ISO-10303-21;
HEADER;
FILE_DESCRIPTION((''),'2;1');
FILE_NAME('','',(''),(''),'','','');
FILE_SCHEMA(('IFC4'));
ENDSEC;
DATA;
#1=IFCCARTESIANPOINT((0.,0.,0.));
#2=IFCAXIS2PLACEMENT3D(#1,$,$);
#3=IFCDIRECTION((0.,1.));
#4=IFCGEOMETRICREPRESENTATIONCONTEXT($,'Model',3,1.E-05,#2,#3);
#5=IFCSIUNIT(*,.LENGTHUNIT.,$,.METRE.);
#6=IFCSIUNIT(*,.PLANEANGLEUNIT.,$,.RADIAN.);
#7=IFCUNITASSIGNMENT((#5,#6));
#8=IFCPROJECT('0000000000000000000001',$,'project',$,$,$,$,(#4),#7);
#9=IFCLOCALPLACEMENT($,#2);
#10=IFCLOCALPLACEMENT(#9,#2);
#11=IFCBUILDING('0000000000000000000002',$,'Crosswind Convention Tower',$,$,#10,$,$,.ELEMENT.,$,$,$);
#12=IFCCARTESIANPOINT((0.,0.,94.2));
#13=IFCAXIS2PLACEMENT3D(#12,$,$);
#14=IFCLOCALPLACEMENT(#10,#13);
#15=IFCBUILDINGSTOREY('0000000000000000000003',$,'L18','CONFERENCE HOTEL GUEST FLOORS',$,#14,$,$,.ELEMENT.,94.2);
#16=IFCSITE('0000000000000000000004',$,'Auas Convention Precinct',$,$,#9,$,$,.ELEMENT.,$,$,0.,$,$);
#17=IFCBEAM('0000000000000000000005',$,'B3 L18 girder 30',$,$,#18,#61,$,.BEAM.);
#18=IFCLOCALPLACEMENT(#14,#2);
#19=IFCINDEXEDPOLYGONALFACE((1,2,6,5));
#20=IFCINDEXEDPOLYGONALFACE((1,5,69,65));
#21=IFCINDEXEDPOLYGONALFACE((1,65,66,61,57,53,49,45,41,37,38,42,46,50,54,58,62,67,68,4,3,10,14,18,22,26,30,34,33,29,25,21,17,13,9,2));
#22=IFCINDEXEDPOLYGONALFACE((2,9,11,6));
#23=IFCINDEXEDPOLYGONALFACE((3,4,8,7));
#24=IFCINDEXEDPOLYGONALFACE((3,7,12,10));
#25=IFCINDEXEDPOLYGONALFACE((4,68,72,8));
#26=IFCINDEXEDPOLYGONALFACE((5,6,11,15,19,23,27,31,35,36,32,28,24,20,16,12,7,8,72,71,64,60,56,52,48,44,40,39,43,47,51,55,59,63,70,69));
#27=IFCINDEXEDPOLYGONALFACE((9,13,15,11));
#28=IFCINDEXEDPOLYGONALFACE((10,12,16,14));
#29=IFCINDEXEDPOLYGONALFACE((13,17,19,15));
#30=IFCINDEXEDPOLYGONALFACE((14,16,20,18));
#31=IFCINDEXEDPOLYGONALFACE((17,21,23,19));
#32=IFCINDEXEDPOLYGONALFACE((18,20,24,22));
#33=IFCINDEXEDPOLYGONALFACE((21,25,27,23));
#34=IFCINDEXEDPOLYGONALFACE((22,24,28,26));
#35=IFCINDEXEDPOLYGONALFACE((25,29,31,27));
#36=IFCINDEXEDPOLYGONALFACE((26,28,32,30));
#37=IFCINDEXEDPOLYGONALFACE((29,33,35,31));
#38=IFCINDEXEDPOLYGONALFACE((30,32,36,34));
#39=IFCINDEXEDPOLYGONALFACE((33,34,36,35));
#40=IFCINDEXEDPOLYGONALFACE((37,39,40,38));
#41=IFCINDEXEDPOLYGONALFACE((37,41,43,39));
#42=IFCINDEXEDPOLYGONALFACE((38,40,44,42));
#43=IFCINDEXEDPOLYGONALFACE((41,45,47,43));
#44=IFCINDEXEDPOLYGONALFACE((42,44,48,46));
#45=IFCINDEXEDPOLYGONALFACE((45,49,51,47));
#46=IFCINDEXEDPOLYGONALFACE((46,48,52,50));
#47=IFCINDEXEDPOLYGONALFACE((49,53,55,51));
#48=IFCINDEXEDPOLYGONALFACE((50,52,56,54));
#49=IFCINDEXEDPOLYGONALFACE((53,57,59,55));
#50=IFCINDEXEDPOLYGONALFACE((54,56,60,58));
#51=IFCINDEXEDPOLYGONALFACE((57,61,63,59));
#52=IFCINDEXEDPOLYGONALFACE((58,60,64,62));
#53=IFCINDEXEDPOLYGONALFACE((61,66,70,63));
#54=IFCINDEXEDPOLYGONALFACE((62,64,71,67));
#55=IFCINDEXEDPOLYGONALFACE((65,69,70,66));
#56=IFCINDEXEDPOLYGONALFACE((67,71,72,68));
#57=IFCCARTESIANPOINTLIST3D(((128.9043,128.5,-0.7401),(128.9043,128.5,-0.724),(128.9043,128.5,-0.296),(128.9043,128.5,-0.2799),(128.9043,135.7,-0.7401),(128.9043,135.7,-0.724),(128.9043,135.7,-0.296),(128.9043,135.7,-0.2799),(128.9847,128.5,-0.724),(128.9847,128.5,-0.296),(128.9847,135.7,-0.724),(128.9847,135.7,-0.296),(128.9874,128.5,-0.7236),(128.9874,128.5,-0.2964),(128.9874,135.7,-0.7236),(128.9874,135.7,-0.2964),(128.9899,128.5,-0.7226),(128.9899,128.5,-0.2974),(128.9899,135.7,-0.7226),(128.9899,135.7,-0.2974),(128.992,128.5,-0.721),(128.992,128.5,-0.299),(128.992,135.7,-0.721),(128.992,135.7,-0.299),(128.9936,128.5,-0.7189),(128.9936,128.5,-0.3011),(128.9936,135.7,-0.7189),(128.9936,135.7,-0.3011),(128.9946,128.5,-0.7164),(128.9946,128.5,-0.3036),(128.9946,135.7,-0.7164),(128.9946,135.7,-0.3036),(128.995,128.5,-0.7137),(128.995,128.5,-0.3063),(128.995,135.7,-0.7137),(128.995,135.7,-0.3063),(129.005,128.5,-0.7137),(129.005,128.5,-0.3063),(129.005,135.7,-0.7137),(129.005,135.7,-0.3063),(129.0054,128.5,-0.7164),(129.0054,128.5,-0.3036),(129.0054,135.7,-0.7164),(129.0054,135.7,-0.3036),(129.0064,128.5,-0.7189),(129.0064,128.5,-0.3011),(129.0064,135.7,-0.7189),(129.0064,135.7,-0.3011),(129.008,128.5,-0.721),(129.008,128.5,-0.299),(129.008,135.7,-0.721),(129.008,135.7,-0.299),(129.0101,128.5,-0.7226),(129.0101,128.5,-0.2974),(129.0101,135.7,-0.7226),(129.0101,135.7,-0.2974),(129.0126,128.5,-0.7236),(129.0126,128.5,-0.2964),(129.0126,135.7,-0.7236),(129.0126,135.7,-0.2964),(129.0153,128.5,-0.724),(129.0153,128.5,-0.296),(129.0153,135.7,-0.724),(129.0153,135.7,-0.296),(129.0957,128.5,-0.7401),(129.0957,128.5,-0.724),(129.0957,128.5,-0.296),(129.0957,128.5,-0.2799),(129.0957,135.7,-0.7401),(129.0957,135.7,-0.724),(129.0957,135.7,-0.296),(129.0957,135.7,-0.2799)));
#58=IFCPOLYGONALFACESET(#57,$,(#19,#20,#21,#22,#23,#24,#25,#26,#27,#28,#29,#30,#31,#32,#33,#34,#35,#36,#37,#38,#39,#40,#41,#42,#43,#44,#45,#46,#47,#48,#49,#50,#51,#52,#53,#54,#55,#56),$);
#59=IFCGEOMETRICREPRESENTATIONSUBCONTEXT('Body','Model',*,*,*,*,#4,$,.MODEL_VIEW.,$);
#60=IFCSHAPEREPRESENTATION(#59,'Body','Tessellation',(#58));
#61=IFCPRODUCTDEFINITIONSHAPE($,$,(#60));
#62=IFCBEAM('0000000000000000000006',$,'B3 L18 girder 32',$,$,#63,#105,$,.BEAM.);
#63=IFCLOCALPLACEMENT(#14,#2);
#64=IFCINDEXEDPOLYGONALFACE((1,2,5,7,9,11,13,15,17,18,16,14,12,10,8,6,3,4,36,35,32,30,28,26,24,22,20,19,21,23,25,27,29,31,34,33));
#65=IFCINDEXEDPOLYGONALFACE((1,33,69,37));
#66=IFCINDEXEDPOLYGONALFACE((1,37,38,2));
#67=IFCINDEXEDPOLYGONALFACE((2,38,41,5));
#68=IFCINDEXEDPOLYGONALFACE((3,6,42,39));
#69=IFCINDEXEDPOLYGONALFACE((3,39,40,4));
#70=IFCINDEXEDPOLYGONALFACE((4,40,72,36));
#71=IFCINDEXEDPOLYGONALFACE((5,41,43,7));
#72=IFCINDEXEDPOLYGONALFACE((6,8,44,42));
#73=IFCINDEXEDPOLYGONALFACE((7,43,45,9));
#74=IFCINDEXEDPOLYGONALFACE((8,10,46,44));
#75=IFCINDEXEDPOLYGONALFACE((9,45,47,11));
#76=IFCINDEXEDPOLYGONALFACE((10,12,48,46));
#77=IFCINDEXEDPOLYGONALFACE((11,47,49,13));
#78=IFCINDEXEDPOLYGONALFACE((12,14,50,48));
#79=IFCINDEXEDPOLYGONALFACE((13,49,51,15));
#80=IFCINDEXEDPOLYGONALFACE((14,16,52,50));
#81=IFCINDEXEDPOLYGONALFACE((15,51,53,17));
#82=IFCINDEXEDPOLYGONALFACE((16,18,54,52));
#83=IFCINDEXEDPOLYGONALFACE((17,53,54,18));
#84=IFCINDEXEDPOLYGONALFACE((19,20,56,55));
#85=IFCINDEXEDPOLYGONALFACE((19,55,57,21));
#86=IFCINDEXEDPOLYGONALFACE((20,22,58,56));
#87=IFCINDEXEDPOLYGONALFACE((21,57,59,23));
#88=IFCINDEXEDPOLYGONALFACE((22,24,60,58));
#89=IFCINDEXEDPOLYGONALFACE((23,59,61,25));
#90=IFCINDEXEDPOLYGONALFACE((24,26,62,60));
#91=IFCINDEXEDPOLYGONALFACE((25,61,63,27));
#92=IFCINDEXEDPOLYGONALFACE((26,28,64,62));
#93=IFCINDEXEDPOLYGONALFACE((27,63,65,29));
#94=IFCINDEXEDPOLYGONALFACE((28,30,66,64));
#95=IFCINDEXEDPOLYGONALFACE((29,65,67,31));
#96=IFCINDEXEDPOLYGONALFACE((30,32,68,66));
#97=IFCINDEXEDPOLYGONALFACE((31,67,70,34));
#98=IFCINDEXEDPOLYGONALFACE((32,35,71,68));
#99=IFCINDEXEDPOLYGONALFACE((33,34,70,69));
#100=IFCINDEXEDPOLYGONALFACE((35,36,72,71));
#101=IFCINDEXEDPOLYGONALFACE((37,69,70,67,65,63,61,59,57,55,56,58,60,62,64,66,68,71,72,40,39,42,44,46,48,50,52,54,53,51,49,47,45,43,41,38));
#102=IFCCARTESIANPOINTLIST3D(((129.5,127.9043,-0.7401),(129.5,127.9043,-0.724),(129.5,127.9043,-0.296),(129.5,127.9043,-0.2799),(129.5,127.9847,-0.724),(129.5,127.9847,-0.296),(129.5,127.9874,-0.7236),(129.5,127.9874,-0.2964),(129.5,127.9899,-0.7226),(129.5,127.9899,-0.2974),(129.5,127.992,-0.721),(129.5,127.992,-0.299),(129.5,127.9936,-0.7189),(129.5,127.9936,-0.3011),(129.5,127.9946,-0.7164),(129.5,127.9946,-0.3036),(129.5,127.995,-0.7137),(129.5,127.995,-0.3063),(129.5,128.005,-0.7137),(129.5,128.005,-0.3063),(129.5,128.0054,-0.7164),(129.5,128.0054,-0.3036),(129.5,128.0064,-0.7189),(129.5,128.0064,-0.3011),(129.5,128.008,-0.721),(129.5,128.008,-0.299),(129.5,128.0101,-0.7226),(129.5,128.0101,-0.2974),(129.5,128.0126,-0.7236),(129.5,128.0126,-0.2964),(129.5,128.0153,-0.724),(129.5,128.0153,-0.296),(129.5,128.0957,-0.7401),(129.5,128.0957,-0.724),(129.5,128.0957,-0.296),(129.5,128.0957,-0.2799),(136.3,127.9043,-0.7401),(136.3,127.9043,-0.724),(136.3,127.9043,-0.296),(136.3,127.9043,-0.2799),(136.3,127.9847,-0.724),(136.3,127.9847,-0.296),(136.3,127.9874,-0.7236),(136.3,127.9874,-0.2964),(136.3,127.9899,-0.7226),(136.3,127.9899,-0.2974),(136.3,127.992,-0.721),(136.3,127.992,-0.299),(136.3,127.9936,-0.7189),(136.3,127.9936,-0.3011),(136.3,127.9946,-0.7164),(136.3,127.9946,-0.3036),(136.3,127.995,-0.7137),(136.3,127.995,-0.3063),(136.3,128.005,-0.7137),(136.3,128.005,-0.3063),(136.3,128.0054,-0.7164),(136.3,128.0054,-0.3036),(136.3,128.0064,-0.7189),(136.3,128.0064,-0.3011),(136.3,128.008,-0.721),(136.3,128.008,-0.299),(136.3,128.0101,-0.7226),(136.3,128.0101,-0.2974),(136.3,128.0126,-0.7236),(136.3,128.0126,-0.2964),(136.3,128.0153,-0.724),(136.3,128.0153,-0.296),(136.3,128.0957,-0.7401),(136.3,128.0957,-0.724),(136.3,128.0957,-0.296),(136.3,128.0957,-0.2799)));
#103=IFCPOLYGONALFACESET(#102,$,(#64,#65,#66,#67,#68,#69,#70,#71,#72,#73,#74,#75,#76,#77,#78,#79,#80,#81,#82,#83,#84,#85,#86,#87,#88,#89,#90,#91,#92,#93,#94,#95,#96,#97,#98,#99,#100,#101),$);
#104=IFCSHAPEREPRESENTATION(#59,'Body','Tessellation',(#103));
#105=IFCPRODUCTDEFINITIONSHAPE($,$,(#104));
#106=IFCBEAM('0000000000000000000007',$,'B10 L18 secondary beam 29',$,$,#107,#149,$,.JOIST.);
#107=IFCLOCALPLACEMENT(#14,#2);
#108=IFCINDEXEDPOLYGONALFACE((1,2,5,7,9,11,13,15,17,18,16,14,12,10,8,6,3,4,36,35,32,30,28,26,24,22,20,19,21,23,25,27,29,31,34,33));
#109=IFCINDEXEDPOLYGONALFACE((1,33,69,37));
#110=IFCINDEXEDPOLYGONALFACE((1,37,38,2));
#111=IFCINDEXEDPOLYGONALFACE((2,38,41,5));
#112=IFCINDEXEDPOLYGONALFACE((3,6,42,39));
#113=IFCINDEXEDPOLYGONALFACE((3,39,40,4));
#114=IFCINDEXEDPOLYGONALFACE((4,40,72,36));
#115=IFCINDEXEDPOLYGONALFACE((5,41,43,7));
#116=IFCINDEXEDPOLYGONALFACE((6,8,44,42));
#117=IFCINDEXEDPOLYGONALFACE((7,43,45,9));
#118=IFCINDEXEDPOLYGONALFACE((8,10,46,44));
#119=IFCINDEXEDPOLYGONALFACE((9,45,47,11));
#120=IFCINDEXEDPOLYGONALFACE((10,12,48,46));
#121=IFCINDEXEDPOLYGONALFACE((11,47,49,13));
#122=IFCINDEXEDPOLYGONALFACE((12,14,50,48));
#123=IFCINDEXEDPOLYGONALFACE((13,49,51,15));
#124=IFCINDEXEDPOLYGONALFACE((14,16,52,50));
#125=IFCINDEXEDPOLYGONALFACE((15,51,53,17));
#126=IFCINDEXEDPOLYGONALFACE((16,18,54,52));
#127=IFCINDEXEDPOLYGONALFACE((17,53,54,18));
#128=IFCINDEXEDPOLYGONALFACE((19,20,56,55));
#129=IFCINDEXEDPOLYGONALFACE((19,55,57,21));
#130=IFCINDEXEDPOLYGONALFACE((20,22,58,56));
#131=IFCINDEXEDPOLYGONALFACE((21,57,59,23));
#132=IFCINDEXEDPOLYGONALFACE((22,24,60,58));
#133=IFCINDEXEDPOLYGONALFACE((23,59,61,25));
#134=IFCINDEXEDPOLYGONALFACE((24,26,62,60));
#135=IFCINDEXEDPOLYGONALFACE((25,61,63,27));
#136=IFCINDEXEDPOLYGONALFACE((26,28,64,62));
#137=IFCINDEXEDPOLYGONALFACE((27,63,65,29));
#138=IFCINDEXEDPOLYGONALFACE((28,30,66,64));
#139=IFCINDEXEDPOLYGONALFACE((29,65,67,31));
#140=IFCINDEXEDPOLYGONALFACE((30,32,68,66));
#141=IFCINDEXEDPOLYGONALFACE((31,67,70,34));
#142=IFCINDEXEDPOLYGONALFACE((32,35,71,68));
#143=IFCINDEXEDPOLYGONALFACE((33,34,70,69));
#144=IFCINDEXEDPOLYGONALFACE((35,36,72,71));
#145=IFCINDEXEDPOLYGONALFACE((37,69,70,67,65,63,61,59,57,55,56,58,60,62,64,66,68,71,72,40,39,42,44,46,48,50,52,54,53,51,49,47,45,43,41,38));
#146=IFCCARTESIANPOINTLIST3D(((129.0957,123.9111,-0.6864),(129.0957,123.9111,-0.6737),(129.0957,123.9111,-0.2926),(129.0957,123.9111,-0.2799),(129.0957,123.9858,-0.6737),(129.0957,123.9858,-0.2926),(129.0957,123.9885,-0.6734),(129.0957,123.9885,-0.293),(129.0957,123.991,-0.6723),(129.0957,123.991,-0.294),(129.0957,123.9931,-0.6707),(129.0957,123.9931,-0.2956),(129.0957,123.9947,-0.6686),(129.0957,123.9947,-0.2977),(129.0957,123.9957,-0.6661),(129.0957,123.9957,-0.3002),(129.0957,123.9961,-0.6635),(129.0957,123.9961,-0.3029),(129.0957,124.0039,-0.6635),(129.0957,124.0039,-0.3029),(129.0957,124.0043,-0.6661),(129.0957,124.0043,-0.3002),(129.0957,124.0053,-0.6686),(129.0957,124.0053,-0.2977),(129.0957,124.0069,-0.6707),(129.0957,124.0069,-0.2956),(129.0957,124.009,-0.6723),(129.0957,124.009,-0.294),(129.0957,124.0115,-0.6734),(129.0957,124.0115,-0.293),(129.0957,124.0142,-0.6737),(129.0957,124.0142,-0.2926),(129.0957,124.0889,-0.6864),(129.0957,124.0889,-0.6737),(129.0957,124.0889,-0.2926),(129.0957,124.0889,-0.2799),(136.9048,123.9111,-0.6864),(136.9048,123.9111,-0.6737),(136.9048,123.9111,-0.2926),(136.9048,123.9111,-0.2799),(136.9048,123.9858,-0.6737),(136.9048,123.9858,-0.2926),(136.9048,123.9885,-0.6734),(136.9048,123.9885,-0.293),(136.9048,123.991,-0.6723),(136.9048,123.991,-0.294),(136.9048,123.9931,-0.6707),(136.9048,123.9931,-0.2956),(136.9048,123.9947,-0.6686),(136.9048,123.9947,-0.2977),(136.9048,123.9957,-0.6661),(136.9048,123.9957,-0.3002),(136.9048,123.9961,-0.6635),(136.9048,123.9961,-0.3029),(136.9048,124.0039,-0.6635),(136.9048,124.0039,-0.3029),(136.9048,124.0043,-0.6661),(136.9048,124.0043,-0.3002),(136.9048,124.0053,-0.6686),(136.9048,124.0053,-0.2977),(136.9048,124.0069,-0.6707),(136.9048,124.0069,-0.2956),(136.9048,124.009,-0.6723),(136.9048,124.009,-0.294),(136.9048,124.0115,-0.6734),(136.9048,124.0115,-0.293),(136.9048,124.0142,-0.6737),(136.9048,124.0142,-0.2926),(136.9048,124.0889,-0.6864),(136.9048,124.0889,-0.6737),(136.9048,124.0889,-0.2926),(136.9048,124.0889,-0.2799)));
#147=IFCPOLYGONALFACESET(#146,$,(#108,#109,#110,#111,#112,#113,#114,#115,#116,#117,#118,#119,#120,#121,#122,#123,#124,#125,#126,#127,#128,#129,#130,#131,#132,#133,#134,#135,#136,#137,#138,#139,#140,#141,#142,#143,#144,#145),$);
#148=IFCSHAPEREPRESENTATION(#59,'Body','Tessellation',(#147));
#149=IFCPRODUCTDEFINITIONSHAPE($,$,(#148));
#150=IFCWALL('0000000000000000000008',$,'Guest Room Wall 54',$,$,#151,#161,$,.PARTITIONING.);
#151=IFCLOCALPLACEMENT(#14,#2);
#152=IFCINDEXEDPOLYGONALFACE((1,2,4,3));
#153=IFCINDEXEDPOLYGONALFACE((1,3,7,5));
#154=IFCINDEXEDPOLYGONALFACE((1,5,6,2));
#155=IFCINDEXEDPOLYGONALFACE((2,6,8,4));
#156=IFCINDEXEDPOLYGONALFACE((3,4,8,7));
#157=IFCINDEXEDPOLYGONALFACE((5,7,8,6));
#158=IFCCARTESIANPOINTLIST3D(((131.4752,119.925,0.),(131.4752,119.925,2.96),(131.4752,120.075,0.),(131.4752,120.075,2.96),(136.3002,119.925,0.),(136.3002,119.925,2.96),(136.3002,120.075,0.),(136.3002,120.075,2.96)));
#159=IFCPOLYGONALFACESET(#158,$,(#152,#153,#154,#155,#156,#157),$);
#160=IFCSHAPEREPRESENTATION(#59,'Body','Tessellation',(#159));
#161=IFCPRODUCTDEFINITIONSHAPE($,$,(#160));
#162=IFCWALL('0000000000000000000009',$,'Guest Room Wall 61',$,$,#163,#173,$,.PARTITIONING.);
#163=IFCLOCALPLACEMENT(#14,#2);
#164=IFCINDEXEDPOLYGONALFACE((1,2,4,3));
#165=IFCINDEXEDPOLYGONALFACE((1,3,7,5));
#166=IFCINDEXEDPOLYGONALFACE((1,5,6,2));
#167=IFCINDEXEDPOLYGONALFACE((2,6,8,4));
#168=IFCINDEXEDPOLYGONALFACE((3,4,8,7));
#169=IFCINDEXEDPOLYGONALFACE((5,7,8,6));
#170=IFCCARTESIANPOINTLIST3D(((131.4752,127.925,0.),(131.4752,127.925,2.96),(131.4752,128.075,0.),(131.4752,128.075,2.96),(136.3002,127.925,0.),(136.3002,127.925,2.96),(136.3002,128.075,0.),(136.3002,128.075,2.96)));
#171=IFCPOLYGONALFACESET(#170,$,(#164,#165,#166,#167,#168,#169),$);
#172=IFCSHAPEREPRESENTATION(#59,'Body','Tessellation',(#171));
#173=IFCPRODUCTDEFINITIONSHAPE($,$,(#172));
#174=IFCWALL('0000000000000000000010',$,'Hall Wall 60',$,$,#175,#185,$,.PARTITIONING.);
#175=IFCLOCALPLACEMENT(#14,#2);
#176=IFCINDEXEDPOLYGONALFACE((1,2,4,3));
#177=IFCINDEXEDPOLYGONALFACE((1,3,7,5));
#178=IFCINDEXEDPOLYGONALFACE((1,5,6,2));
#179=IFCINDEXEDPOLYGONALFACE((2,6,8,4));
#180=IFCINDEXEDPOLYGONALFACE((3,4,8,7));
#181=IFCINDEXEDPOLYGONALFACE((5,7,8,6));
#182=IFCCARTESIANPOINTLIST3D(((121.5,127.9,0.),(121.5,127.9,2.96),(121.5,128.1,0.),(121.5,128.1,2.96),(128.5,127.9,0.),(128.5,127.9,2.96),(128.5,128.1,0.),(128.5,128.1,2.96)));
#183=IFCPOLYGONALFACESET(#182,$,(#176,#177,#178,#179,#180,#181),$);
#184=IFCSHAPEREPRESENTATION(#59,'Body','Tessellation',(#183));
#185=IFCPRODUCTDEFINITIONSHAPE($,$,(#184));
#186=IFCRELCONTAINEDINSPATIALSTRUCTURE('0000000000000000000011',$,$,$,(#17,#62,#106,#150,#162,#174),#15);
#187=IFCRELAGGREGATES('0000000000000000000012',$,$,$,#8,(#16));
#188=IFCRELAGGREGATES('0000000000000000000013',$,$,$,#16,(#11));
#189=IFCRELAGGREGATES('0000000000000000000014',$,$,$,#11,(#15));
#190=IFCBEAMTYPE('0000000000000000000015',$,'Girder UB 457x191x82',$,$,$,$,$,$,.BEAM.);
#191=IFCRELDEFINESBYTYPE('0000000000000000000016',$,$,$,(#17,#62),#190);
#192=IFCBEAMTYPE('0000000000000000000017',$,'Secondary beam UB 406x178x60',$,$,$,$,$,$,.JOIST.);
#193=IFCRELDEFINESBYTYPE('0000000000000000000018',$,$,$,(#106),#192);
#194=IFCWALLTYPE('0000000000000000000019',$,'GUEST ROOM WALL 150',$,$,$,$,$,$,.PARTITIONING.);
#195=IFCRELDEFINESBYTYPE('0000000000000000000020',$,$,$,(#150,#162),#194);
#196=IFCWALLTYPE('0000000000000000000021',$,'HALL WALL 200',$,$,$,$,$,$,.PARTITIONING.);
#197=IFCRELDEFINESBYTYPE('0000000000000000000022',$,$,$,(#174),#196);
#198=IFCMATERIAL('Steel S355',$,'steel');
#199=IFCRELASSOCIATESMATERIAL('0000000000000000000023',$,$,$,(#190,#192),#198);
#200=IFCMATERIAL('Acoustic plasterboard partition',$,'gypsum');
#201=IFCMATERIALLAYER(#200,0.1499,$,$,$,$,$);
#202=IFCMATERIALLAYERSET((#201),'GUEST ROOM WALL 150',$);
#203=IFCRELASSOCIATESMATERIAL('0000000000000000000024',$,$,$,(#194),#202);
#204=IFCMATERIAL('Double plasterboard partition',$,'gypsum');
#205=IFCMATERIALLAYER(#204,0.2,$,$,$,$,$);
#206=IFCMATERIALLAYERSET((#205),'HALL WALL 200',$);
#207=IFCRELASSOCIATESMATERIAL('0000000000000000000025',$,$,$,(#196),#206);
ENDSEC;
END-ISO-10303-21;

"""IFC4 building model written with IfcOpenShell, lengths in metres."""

from ifc_helpers import new_model, si_unit, direction, frame, frame_2d, origin, origin_2d, place, context, subcontext, project, spatial, rectangle, i_section, extrude, material, layer, layer_set, material_profile, profile_set, type_object, element, save


model = new_model("IFC4")

# Units and contexts
model_context = context("Model", 3, precision=1e-05, world=origin(), true_north=direction((0.0, 1.0)))
body_context = subcontext(model_context, "Body", "Model", "MODEL_VIEW")
ifc_project = project(units=[si_unit("LENGTHUNIT", "METRE"), si_unit("PLANEANGLEUNIT", "RADIAN")], contexts=[model_context])

# Site, building, storey
site_placement = place(None, origin())
site = spatial("IfcSite", under=ifc_project, at=site_placement, Name="Auas Convention Precinct", CompositionType="ELEMENT", RefElevation=0.0)
building_placement = place(site_placement, origin())
building = spatial("IfcBuilding", under=site, at=building_placement, Name="Crosswind Convention Tower", CompositionType="ELEMENT")
storey_placement = place(building_placement, frame((0.0, 0.0, 94.2)))
storey = spatial("IfcBuildingStorey", under=building, at=storey_placement, Name="L18", Description="CONFERENCE HOTEL GUEST FLOORS", CompositionType="ELEMENT", Elevation=94.2)

# Beams
ifc_material_1 = material(Name="Steel S355", Category="steel")
ifc_material_profile_1 = material_profile(ifc_material_1, i_section(OverallWidth=0.1914, OverallDepth=0.4602, WebThickness=0.01, FlangeThickness=0.0161, FilletRadius=0.0103, at=origin_2d()), Name="UB 457x191x82")
ifc_profile_set_1 = profile_set([ifc_material_profile_1], Name="Steel S355")
beam_type_1 = type_object("IfcBeamType", Name="Girder UB 457x191x82", PredefinedType="BEAM", material=ifc_profile_set_1)
beam_1_placement = place(storey_placement, frame((129.0, 128.5, -0.51), z_axis=(0.0, 1.0, 0.0), x_axis=(-1.0, 0.0, 0.0)))
element("IfcBeam", 1, at=beam_1_placement, inside=storey, type_object=beam_type_1, Name="B3 L18 girder 30", PredefinedType="BEAM", context=body_context, shape_type="SweptSolid", body=[
    extrude(i_section(OverallWidth=0.1914, OverallDepth=0.4602, WebThickness=0.01, FlangeThickness=0.0161, FilletRadius=0.0103, at=origin_2d()), origin(), (0.0, 0.0, 1.0), 7.2),
])
beam_2_placement = place(storey_placement, frame((129.5, 128.0, -0.51), z_axis=(1.0, 0.0, 0.0), x_axis=(0.0, 1.0, 0.0)))
element("IfcBeam", 2, at=beam_2_placement, inside=storey, type_object=beam_type_1, Name="B3 L18 girder 32", PredefinedType="BEAM", context=body_context, shape_type="SweptSolid", body=[
    extrude(i_section(OverallWidth=0.1914, OverallDepth=0.4602, WebThickness=0.01, FlangeThickness=0.0161, FilletRadius=0.0103, at=origin_2d()), origin(), (0.0, 0.0, 1.0), 6.8),
])
ifc_material_profile_2 = material_profile(ifc_material_1, i_section(OverallWidth=0.1777, OverallDepth=0.4065, WebThickness=0.0078, FlangeThickness=0.0127, FilletRadius=0.0103, at=origin_2d()), Name="UB 406x178x60")
ifc_profile_set_2 = profile_set([ifc_material_profile_2], Name="Steel S355")
beam_type_2 = type_object("IfcBeamType", Name="Secondary beam UB 406x178x60", PredefinedType="JOIST", material=ifc_profile_set_2)
beam_3_placement = place(storey_placement, frame((129.0957, 124.0, -0.4832), z_axis=(1.0, 0.0, 0.0), x_axis=(0.0, 1.0, 0.0)))
element("IfcBeam", 3, at=beam_3_placement, inside=storey, type_object=beam_type_2, Name="B10 L18 secondary beam 29", PredefinedType="JOIST", context=body_context, shape_type="SweptSolid", body=[
    extrude(i_section(OverallWidth=0.1777, OverallDepth=0.4065, WebThickness=0.0078, FlangeThickness=0.0127, FilletRadius=0.0103, at=origin_2d()), origin(), (0.0, 0.0, 1.0), 7.8091),
])

# Walls
ifc_material_2 = material(Name="Acoustic plasterboard partition", Category="gypsum")
ifc_layer_1 = layer(ifc_material_2, 0.1499)
ifc_layer_set_1 = layer_set([ifc_layer_1], Name="GUEST ROOM WALL 150")
wall_type_1 = type_object("IfcWallType", Name="GUEST ROOM WALL 150", PredefinedType="PARTITIONING", material=ifc_layer_set_1)
for number, where, z_axis, x_axis, name in (
    (4, (131.4751, 120.0, 0.0), (0.0, 0.0, 1.0), (1.0, 0.0, 0.0), "Guest Room Wall 54"),
    (5, (131.4751, 128.0, 0.0), (0.0, 0.0, 1.0), (1.0, 0.0, 0.0), "Guest Room Wall 61"),
):
    element("IfcWall", number, at=place(storey_placement, frame(where, z_axis=z_axis, x_axis=x_axis)), inside=storey, type_object=wall_type_1, Name=name, PredefinedType="PARTITIONING", context=body_context, shape_type="SweptSolid", body=[
        extrude(rectangle(XDim=4.825, YDim=0.1499, at=frame_2d((2.4126, 0.0))), origin(), (0.0, 0.0, 1.0), 2.96),
    ])
ifc_material_3 = material(Name="Double plasterboard partition", Category="gypsum")
ifc_layer_2 = layer(ifc_material_3, 0.2)
ifc_layer_set_2 = layer_set([ifc_layer_2], Name="HALL WALL 200")
wall_type_2 = type_object("IfcWallType", Name="HALL WALL 200", PredefinedType="PARTITIONING", material=ifc_layer_set_2)
wall_1_placement = place(storey_placement, frame((121.5, 128.0, 0.0), z_axis=(0.0, 0.0, 1.0), x_axis=(1.0, 0.0, 0.0)))
element("IfcWall", 6, at=wall_1_placement, inside=storey, type_object=wall_type_2, Name="Hall Wall 60", PredefinedType="PARTITIONING", context=body_context, shape_type="SweptSolid", body=[
    extrude(rectangle(XDim=7.0, YDim=0.2, at=frame_2d((3.5, 0.0))), origin(), (0.0, 0.0, 1.0), 2.96),
])

save(model, "model.ifc")
